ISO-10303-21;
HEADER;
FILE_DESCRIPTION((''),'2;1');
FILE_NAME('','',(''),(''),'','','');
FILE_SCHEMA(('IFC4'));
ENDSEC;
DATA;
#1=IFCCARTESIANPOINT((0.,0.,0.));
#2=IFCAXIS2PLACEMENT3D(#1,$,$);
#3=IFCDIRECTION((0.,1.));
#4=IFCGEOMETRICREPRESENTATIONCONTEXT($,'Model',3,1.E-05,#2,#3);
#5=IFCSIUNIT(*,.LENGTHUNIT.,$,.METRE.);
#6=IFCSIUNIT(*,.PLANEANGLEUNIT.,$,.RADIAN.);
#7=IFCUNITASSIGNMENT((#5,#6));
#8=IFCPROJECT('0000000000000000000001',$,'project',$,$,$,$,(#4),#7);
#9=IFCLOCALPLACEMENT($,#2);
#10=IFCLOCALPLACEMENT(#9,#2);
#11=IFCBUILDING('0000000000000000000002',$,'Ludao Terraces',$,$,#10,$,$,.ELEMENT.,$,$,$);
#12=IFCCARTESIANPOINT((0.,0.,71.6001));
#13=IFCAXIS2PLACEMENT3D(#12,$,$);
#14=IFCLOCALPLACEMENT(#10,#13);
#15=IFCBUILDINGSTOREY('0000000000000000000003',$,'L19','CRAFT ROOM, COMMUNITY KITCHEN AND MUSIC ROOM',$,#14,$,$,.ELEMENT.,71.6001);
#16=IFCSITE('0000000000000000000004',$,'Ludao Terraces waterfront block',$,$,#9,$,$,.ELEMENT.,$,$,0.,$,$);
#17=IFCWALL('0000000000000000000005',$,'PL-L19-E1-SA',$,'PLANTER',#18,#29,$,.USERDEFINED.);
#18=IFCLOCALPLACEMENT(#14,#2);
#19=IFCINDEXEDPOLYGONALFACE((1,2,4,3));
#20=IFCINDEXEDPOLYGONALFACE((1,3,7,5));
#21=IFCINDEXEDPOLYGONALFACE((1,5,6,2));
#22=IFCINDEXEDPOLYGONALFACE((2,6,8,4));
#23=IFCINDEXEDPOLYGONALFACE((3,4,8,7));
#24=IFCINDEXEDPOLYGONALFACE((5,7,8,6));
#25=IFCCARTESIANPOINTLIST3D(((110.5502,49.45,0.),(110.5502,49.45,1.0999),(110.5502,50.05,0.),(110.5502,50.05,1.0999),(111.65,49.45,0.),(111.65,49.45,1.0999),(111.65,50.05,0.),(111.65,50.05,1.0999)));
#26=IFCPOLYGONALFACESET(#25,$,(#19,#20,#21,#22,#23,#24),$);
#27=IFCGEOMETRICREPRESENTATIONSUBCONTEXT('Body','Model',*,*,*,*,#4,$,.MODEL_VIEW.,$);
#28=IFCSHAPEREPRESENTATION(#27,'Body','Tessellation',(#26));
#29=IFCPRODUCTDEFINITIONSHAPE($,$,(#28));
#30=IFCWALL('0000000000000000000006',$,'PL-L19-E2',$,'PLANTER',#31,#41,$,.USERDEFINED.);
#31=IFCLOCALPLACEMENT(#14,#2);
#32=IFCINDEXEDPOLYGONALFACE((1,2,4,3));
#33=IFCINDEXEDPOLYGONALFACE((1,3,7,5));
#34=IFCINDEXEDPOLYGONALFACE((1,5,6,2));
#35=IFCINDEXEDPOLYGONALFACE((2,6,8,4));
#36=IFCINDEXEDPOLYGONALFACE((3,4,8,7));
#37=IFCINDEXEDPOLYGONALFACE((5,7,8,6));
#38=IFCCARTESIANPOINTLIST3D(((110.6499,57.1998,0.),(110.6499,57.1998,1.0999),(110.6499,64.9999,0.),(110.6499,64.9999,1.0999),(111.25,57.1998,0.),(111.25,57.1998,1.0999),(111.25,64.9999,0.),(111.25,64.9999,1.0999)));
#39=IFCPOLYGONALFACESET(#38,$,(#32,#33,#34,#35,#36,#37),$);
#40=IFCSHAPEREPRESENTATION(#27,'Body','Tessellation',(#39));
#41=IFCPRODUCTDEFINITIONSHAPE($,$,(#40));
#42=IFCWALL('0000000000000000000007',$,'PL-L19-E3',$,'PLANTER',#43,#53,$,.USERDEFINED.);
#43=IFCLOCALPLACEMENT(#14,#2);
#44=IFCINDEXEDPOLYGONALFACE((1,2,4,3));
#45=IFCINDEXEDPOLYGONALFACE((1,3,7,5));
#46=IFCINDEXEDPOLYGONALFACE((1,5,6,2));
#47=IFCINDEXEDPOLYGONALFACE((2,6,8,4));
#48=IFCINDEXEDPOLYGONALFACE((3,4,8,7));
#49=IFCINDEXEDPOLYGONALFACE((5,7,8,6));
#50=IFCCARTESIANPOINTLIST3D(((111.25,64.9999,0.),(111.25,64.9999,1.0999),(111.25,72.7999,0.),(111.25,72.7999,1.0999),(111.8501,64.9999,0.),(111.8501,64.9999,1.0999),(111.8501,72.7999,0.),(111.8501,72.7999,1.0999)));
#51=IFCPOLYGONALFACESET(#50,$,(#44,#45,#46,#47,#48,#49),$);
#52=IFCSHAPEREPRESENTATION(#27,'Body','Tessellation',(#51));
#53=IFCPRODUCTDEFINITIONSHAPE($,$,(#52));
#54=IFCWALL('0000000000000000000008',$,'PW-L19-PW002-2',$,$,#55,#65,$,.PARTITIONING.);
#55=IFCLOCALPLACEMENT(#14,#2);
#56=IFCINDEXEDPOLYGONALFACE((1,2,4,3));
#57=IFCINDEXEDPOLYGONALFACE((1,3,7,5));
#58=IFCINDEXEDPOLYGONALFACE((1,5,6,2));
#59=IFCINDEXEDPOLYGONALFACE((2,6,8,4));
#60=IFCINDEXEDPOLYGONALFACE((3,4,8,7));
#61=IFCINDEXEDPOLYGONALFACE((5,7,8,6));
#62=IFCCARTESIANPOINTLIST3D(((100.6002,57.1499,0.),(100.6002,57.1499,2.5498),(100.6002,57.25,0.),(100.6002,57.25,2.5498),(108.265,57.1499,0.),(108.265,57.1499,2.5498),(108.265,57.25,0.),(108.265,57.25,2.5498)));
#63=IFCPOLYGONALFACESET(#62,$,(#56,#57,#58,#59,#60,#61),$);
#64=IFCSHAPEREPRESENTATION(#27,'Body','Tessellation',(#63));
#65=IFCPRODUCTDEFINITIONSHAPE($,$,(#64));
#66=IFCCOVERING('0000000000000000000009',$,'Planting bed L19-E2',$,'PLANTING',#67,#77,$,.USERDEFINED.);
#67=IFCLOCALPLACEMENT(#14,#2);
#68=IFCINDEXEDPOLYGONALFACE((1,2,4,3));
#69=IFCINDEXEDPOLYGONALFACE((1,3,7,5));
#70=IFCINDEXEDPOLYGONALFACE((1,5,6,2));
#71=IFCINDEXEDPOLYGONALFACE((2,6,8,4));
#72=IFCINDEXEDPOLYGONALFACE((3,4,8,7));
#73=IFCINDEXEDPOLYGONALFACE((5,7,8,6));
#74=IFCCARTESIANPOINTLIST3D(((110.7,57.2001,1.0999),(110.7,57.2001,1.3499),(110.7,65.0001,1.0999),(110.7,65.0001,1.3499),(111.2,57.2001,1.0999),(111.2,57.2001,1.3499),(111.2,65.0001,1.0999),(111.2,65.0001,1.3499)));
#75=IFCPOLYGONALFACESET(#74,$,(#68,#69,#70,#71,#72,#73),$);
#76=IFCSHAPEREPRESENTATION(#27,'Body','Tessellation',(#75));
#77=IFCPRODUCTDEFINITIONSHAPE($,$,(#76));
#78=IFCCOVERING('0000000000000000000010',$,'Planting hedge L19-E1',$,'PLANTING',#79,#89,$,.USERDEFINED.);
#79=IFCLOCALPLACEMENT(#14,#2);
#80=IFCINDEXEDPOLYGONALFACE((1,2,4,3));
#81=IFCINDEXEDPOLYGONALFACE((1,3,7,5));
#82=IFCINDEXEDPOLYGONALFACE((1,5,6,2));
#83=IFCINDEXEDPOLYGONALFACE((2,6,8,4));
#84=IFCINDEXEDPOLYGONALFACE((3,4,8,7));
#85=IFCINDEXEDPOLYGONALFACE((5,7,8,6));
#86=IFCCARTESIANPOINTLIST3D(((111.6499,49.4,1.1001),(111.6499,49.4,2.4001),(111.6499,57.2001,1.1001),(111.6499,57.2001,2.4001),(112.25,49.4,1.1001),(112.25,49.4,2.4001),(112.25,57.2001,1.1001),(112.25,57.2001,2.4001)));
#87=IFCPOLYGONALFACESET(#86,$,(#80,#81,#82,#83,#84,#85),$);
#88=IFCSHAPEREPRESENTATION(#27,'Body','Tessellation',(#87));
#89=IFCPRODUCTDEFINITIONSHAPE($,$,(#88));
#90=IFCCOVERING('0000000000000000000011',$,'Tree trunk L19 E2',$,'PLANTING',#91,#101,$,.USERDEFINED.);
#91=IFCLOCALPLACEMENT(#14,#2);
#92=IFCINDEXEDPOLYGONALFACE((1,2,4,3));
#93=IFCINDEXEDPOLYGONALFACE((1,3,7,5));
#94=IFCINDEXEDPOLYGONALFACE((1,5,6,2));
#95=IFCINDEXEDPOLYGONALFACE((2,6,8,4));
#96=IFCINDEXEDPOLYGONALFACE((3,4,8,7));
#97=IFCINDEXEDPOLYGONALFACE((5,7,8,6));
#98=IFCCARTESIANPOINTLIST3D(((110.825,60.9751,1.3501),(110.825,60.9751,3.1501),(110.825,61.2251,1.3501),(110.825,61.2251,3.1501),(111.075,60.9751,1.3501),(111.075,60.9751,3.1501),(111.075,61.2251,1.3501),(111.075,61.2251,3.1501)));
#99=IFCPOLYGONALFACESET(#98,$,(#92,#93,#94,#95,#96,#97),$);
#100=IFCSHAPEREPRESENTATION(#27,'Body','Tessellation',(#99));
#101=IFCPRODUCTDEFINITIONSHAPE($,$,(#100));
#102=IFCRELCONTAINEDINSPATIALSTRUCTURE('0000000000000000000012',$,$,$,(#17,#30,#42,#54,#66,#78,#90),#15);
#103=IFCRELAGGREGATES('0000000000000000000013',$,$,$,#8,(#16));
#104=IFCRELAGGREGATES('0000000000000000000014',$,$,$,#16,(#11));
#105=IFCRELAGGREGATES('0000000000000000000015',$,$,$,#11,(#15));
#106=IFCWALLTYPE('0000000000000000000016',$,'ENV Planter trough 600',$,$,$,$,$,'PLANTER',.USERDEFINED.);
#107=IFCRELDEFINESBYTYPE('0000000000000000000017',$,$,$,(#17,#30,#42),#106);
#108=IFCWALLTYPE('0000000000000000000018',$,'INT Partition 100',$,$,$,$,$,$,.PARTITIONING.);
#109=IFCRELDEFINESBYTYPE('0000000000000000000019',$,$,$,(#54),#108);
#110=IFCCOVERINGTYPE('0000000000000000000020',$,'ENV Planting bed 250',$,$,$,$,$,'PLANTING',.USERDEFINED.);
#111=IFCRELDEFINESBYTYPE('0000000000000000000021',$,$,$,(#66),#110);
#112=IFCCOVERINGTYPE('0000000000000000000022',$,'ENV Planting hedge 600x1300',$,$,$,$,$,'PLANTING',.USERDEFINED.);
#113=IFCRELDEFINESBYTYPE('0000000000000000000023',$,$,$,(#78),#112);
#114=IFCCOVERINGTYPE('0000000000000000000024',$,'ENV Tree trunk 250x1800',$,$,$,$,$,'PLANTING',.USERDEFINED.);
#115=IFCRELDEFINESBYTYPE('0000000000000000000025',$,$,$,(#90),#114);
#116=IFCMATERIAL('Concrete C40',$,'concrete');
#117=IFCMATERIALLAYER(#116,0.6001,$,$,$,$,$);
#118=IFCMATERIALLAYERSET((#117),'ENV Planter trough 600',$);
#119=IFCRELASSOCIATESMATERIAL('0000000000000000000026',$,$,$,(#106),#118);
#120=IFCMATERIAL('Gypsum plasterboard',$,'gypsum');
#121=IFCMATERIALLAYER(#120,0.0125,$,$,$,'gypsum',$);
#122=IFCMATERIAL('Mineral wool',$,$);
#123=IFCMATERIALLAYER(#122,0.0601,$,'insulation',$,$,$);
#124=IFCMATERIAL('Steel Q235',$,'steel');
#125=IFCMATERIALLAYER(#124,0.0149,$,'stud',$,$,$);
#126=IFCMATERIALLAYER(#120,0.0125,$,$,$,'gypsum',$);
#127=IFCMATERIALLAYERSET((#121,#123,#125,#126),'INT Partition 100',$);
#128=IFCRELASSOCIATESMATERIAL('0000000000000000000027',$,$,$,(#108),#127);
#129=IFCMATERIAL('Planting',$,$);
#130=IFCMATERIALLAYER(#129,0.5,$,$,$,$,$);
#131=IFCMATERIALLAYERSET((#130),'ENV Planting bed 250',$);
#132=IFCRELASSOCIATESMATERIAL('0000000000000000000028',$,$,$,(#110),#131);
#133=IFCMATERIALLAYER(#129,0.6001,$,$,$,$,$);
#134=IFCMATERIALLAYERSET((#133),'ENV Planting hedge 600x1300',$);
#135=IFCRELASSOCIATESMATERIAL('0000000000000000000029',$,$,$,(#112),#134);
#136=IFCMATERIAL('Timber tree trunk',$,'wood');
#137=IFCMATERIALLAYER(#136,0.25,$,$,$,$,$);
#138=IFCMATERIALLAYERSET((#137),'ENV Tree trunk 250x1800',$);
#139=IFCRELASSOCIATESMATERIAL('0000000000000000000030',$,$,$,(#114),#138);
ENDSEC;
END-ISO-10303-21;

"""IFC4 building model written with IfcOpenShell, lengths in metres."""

from ifc_helpers import new_model, si_unit, direction, frame, frame_2d, origin, origin_2d, place, context, subcontext, project, spatial, rectangle, extrude, material, layer, layer_set, type_object, element, save


model = new_model("IFC4")

# Units and contexts
model_context = context("Model", 3, precision=1e-05, world=origin(), true_north=direction((0.0, 1.0)))
body_context = subcontext(model_context, "Body", "Model", "MODEL_VIEW")
ifc_project = project(units=[si_unit("LENGTHUNIT", "METRE"), si_unit("PLANEANGLEUNIT", "RADIAN")], contexts=[model_context])

# Site, building, storey
site_placement = place(None, origin())
site = spatial("IfcSite", under=ifc_project, at=site_placement, Name="Ludao Terraces waterfront block", CompositionType="ELEMENT", RefElevation=0.0)
building_placement = place(site_placement, origin())
building = spatial("IfcBuilding", under=site, at=building_placement, Name="Ludao Terraces", CompositionType="ELEMENT")
storey_placement = place(building_placement, frame((0.0, 0.0, 71.6001)))
storey = spatial("IfcBuildingStorey", under=building, at=storey_placement, Name="L19", Description="CRAFT ROOM, COMMUNITY KITCHEN AND MUSIC ROOM", CompositionType="ELEMENT", Elevation=71.6001)

# Shared definitions
ifc_material_1 = material(Name="Concrete C40", Category="concrete")

# Walls
ifc_layer_1 = layer(ifc_material_1, 0.6001)
ifc_layer_set_1 = layer_set([ifc_layer_1], Name="ENV Planter trough 600")
wall_type_1 = type_object("IfcWallType", Name="ENV Planter trough 600", ElementType="PLANTER", PredefinedType="USERDEFINED", material=ifc_layer_set_1)
wall_1_placement = place(storey_placement, frame((111.6499, 49.75, 0.0), z_axis=(0.0, 0.0, 1.0), x_axis=(-1.0, 0.0, 0.0)))
element("IfcWall", 1, at=wall_1_placement, inside=storey, type_object=wall_type_1, Name="PL-L19-E1-SA", ObjectType="PLANTER", PredefinedType="USERDEFINED", context=body_context, shape_type="SweptSolid", body=[
    extrude(rectangle(XDim=1.0999, YDim=0.6001, at=frame_2d((0.5498, 0.0))), origin(), (0.0, 0.0, 1.0), 1.0999),
])
for number, where, z_axis, x_axis, name in (
    (2, (110.95, 57.2, 0.0), (0.0, 0.0, 1.0), (0.0, 1.0, 0.0), "PL-L19-E2"),
    (3, (111.55, 65.0, 0.0), (0.0, 0.0, 1.0), (0.0, 1.0, 0.0), "PL-L19-E3"),
):
    element("IfcWall", number, at=place(storey_placement, frame(where, z_axis=z_axis, x_axis=x_axis)), inside=storey, type_object=wall_type_1, Name=name, ObjectType="PLANTER", PredefinedType="USERDEFINED", context=body_context, shape_type="SweptSolid", body=[
        extrude(rectangle(XDim=7.8, YDim=0.6001, at=frame_2d((3.8999, 0.0))), origin(), (0.0, 0.0, 1.0), 1.0999),
    ])

# Shared definitions
ifc_material_2 = material(Name="Mineral wool")

# Wall
ifc_material_3 = material(Name="Gypsum plasterboard", Category="gypsum")
ifc_layer_2 = layer(ifc_material_3, 0.0125, Category="gypsum")
ifc_layer_3 = layer(ifc_material_2, 0.0601, Name="insulation")
ifc_material_4 = material(Name="Steel Q235", Category="steel")
ifc_layer_4 = layer(ifc_material_4, 0.0149, Name="stud")
ifc_layer_5 = layer(ifc_material_3, 0.0125, Category="gypsum")
ifc_layer_set_2 = layer_set([ifc_layer_2, ifc_layer_3, ifc_layer_4, ifc_layer_5], Name="INT Partition 100")
wall_type_2 = type_object("IfcWallType", Name="INT Partition 100", PredefinedType="PARTITIONING", material=ifc_layer_set_2)
wall_2_placement = place(storey_placement, frame((100.6001, 57.2, 0.0), z_axis=(0.0, 0.0, 1.0), x_axis=(1.0, 0.0, 0.0)))
element("IfcWall", 4, at=wall_2_placement, inside=storey, type_object=wall_type_2, Name="PW-L19-PW002-2", PredefinedType="PARTITIONING", context=body_context, shape_type="SweptSolid", body=[
    extrude(rectangle(XDim=7.6648, YDim=0.1001, at=frame_2d((3.8325, 0.0))), origin(), (0.0, 0.0, 1.0), 2.5498),
])

# Coverings
ifc_material_5 = material(Name="Planting")
ifc_layer_6 = layer(ifc_material_5, 0.5)
ifc_layer_set_3 = layer_set([ifc_layer_6], Name="ENV Planting bed 250")
covering_type_1 = type_object("IfcCoveringType", Name="ENV Planting bed 250", ElementType="PLANTING", PredefinedType="USERDEFINED", material=ifc_layer_set_3)
covering_1_placement = place(storey_placement, frame((110.95, 61.1001, 1.0999), z_axis=(0.0, 0.0, 1.0), x_axis=(1.0, 0.0, 0.0)))
element("IfcCovering", 5, at=covering_1_placement, inside=storey, type_object=covering_type_1, Name="Planting bed L19-E2", ObjectType="PLANTING", PredefinedType="USERDEFINED", context=body_context, shape_type="SweptSolid", body=[
    extrude(rectangle(XDim=0.5, YDim=7.8, at=origin_2d()), origin(), (0.0, 0.0, 1.0), 0.25),
])
ifc_layer_7 = layer(ifc_material_5, 0.6001)
ifc_layer_set_4 = layer_set([ifc_layer_7], Name="ENV Planting hedge 600x1300")
covering_type_2 = type_object("IfcCoveringType", Name="ENV Planting hedge 600x1300", ElementType="PLANTING", PredefinedType="USERDEFINED", material=ifc_layer_set_4)
covering_2_placement = place(storey_placement, frame((111.95, 53.3, 1.1001), z_axis=(0.0, 0.0, 1.0), x_axis=(1.0, 0.0, 0.0)))
element("IfcCovering", 6, at=covering_2_placement, inside=storey, type_object=covering_type_2, Name="Planting hedge L19-E1", ObjectType="PLANTING", PredefinedType="USERDEFINED", context=body_context, shape_type="SweptSolid", body=[
    extrude(rectangle(XDim=0.6001, YDim=7.8, at=origin_2d()), origin(), (0.0, 0.0, 1.0), 1.3),
])
ifc_material_6 = material(Name="Timber tree trunk", Category="wood")
ifc_layer_8 = layer(ifc_material_6, 0.25)
ifc_layer_set_5 = layer_set([ifc_layer_8], Name="ENV Tree trunk 250x1800")
covering_type_3 = type_object("IfcCoveringType", Name="ENV Tree trunk 250x1800", ElementType="PLANTING", PredefinedType="USERDEFINED", material=ifc_layer_set_5)
covering_3_placement = place(storey_placement, frame((110.95, 61.1001, 1.3501), z_axis=(0.0, 0.0, 1.0), x_axis=(1.0, 0.0, 0.0)))
element("IfcCovering", 7, at=covering_3_placement, inside=storey, type_object=covering_type_3, Name="Tree trunk L19 E2", ObjectType="PLANTING", PredefinedType="USERDEFINED", context=body_context, shape_type="SweptSolid", body=[
    extrude(rectangle(XDim=0.25, YDim=0.25, at=origin_2d()), origin(), (0.0, 0.0, 1.0), 1.8),
])

save(model, "model.ifc")
